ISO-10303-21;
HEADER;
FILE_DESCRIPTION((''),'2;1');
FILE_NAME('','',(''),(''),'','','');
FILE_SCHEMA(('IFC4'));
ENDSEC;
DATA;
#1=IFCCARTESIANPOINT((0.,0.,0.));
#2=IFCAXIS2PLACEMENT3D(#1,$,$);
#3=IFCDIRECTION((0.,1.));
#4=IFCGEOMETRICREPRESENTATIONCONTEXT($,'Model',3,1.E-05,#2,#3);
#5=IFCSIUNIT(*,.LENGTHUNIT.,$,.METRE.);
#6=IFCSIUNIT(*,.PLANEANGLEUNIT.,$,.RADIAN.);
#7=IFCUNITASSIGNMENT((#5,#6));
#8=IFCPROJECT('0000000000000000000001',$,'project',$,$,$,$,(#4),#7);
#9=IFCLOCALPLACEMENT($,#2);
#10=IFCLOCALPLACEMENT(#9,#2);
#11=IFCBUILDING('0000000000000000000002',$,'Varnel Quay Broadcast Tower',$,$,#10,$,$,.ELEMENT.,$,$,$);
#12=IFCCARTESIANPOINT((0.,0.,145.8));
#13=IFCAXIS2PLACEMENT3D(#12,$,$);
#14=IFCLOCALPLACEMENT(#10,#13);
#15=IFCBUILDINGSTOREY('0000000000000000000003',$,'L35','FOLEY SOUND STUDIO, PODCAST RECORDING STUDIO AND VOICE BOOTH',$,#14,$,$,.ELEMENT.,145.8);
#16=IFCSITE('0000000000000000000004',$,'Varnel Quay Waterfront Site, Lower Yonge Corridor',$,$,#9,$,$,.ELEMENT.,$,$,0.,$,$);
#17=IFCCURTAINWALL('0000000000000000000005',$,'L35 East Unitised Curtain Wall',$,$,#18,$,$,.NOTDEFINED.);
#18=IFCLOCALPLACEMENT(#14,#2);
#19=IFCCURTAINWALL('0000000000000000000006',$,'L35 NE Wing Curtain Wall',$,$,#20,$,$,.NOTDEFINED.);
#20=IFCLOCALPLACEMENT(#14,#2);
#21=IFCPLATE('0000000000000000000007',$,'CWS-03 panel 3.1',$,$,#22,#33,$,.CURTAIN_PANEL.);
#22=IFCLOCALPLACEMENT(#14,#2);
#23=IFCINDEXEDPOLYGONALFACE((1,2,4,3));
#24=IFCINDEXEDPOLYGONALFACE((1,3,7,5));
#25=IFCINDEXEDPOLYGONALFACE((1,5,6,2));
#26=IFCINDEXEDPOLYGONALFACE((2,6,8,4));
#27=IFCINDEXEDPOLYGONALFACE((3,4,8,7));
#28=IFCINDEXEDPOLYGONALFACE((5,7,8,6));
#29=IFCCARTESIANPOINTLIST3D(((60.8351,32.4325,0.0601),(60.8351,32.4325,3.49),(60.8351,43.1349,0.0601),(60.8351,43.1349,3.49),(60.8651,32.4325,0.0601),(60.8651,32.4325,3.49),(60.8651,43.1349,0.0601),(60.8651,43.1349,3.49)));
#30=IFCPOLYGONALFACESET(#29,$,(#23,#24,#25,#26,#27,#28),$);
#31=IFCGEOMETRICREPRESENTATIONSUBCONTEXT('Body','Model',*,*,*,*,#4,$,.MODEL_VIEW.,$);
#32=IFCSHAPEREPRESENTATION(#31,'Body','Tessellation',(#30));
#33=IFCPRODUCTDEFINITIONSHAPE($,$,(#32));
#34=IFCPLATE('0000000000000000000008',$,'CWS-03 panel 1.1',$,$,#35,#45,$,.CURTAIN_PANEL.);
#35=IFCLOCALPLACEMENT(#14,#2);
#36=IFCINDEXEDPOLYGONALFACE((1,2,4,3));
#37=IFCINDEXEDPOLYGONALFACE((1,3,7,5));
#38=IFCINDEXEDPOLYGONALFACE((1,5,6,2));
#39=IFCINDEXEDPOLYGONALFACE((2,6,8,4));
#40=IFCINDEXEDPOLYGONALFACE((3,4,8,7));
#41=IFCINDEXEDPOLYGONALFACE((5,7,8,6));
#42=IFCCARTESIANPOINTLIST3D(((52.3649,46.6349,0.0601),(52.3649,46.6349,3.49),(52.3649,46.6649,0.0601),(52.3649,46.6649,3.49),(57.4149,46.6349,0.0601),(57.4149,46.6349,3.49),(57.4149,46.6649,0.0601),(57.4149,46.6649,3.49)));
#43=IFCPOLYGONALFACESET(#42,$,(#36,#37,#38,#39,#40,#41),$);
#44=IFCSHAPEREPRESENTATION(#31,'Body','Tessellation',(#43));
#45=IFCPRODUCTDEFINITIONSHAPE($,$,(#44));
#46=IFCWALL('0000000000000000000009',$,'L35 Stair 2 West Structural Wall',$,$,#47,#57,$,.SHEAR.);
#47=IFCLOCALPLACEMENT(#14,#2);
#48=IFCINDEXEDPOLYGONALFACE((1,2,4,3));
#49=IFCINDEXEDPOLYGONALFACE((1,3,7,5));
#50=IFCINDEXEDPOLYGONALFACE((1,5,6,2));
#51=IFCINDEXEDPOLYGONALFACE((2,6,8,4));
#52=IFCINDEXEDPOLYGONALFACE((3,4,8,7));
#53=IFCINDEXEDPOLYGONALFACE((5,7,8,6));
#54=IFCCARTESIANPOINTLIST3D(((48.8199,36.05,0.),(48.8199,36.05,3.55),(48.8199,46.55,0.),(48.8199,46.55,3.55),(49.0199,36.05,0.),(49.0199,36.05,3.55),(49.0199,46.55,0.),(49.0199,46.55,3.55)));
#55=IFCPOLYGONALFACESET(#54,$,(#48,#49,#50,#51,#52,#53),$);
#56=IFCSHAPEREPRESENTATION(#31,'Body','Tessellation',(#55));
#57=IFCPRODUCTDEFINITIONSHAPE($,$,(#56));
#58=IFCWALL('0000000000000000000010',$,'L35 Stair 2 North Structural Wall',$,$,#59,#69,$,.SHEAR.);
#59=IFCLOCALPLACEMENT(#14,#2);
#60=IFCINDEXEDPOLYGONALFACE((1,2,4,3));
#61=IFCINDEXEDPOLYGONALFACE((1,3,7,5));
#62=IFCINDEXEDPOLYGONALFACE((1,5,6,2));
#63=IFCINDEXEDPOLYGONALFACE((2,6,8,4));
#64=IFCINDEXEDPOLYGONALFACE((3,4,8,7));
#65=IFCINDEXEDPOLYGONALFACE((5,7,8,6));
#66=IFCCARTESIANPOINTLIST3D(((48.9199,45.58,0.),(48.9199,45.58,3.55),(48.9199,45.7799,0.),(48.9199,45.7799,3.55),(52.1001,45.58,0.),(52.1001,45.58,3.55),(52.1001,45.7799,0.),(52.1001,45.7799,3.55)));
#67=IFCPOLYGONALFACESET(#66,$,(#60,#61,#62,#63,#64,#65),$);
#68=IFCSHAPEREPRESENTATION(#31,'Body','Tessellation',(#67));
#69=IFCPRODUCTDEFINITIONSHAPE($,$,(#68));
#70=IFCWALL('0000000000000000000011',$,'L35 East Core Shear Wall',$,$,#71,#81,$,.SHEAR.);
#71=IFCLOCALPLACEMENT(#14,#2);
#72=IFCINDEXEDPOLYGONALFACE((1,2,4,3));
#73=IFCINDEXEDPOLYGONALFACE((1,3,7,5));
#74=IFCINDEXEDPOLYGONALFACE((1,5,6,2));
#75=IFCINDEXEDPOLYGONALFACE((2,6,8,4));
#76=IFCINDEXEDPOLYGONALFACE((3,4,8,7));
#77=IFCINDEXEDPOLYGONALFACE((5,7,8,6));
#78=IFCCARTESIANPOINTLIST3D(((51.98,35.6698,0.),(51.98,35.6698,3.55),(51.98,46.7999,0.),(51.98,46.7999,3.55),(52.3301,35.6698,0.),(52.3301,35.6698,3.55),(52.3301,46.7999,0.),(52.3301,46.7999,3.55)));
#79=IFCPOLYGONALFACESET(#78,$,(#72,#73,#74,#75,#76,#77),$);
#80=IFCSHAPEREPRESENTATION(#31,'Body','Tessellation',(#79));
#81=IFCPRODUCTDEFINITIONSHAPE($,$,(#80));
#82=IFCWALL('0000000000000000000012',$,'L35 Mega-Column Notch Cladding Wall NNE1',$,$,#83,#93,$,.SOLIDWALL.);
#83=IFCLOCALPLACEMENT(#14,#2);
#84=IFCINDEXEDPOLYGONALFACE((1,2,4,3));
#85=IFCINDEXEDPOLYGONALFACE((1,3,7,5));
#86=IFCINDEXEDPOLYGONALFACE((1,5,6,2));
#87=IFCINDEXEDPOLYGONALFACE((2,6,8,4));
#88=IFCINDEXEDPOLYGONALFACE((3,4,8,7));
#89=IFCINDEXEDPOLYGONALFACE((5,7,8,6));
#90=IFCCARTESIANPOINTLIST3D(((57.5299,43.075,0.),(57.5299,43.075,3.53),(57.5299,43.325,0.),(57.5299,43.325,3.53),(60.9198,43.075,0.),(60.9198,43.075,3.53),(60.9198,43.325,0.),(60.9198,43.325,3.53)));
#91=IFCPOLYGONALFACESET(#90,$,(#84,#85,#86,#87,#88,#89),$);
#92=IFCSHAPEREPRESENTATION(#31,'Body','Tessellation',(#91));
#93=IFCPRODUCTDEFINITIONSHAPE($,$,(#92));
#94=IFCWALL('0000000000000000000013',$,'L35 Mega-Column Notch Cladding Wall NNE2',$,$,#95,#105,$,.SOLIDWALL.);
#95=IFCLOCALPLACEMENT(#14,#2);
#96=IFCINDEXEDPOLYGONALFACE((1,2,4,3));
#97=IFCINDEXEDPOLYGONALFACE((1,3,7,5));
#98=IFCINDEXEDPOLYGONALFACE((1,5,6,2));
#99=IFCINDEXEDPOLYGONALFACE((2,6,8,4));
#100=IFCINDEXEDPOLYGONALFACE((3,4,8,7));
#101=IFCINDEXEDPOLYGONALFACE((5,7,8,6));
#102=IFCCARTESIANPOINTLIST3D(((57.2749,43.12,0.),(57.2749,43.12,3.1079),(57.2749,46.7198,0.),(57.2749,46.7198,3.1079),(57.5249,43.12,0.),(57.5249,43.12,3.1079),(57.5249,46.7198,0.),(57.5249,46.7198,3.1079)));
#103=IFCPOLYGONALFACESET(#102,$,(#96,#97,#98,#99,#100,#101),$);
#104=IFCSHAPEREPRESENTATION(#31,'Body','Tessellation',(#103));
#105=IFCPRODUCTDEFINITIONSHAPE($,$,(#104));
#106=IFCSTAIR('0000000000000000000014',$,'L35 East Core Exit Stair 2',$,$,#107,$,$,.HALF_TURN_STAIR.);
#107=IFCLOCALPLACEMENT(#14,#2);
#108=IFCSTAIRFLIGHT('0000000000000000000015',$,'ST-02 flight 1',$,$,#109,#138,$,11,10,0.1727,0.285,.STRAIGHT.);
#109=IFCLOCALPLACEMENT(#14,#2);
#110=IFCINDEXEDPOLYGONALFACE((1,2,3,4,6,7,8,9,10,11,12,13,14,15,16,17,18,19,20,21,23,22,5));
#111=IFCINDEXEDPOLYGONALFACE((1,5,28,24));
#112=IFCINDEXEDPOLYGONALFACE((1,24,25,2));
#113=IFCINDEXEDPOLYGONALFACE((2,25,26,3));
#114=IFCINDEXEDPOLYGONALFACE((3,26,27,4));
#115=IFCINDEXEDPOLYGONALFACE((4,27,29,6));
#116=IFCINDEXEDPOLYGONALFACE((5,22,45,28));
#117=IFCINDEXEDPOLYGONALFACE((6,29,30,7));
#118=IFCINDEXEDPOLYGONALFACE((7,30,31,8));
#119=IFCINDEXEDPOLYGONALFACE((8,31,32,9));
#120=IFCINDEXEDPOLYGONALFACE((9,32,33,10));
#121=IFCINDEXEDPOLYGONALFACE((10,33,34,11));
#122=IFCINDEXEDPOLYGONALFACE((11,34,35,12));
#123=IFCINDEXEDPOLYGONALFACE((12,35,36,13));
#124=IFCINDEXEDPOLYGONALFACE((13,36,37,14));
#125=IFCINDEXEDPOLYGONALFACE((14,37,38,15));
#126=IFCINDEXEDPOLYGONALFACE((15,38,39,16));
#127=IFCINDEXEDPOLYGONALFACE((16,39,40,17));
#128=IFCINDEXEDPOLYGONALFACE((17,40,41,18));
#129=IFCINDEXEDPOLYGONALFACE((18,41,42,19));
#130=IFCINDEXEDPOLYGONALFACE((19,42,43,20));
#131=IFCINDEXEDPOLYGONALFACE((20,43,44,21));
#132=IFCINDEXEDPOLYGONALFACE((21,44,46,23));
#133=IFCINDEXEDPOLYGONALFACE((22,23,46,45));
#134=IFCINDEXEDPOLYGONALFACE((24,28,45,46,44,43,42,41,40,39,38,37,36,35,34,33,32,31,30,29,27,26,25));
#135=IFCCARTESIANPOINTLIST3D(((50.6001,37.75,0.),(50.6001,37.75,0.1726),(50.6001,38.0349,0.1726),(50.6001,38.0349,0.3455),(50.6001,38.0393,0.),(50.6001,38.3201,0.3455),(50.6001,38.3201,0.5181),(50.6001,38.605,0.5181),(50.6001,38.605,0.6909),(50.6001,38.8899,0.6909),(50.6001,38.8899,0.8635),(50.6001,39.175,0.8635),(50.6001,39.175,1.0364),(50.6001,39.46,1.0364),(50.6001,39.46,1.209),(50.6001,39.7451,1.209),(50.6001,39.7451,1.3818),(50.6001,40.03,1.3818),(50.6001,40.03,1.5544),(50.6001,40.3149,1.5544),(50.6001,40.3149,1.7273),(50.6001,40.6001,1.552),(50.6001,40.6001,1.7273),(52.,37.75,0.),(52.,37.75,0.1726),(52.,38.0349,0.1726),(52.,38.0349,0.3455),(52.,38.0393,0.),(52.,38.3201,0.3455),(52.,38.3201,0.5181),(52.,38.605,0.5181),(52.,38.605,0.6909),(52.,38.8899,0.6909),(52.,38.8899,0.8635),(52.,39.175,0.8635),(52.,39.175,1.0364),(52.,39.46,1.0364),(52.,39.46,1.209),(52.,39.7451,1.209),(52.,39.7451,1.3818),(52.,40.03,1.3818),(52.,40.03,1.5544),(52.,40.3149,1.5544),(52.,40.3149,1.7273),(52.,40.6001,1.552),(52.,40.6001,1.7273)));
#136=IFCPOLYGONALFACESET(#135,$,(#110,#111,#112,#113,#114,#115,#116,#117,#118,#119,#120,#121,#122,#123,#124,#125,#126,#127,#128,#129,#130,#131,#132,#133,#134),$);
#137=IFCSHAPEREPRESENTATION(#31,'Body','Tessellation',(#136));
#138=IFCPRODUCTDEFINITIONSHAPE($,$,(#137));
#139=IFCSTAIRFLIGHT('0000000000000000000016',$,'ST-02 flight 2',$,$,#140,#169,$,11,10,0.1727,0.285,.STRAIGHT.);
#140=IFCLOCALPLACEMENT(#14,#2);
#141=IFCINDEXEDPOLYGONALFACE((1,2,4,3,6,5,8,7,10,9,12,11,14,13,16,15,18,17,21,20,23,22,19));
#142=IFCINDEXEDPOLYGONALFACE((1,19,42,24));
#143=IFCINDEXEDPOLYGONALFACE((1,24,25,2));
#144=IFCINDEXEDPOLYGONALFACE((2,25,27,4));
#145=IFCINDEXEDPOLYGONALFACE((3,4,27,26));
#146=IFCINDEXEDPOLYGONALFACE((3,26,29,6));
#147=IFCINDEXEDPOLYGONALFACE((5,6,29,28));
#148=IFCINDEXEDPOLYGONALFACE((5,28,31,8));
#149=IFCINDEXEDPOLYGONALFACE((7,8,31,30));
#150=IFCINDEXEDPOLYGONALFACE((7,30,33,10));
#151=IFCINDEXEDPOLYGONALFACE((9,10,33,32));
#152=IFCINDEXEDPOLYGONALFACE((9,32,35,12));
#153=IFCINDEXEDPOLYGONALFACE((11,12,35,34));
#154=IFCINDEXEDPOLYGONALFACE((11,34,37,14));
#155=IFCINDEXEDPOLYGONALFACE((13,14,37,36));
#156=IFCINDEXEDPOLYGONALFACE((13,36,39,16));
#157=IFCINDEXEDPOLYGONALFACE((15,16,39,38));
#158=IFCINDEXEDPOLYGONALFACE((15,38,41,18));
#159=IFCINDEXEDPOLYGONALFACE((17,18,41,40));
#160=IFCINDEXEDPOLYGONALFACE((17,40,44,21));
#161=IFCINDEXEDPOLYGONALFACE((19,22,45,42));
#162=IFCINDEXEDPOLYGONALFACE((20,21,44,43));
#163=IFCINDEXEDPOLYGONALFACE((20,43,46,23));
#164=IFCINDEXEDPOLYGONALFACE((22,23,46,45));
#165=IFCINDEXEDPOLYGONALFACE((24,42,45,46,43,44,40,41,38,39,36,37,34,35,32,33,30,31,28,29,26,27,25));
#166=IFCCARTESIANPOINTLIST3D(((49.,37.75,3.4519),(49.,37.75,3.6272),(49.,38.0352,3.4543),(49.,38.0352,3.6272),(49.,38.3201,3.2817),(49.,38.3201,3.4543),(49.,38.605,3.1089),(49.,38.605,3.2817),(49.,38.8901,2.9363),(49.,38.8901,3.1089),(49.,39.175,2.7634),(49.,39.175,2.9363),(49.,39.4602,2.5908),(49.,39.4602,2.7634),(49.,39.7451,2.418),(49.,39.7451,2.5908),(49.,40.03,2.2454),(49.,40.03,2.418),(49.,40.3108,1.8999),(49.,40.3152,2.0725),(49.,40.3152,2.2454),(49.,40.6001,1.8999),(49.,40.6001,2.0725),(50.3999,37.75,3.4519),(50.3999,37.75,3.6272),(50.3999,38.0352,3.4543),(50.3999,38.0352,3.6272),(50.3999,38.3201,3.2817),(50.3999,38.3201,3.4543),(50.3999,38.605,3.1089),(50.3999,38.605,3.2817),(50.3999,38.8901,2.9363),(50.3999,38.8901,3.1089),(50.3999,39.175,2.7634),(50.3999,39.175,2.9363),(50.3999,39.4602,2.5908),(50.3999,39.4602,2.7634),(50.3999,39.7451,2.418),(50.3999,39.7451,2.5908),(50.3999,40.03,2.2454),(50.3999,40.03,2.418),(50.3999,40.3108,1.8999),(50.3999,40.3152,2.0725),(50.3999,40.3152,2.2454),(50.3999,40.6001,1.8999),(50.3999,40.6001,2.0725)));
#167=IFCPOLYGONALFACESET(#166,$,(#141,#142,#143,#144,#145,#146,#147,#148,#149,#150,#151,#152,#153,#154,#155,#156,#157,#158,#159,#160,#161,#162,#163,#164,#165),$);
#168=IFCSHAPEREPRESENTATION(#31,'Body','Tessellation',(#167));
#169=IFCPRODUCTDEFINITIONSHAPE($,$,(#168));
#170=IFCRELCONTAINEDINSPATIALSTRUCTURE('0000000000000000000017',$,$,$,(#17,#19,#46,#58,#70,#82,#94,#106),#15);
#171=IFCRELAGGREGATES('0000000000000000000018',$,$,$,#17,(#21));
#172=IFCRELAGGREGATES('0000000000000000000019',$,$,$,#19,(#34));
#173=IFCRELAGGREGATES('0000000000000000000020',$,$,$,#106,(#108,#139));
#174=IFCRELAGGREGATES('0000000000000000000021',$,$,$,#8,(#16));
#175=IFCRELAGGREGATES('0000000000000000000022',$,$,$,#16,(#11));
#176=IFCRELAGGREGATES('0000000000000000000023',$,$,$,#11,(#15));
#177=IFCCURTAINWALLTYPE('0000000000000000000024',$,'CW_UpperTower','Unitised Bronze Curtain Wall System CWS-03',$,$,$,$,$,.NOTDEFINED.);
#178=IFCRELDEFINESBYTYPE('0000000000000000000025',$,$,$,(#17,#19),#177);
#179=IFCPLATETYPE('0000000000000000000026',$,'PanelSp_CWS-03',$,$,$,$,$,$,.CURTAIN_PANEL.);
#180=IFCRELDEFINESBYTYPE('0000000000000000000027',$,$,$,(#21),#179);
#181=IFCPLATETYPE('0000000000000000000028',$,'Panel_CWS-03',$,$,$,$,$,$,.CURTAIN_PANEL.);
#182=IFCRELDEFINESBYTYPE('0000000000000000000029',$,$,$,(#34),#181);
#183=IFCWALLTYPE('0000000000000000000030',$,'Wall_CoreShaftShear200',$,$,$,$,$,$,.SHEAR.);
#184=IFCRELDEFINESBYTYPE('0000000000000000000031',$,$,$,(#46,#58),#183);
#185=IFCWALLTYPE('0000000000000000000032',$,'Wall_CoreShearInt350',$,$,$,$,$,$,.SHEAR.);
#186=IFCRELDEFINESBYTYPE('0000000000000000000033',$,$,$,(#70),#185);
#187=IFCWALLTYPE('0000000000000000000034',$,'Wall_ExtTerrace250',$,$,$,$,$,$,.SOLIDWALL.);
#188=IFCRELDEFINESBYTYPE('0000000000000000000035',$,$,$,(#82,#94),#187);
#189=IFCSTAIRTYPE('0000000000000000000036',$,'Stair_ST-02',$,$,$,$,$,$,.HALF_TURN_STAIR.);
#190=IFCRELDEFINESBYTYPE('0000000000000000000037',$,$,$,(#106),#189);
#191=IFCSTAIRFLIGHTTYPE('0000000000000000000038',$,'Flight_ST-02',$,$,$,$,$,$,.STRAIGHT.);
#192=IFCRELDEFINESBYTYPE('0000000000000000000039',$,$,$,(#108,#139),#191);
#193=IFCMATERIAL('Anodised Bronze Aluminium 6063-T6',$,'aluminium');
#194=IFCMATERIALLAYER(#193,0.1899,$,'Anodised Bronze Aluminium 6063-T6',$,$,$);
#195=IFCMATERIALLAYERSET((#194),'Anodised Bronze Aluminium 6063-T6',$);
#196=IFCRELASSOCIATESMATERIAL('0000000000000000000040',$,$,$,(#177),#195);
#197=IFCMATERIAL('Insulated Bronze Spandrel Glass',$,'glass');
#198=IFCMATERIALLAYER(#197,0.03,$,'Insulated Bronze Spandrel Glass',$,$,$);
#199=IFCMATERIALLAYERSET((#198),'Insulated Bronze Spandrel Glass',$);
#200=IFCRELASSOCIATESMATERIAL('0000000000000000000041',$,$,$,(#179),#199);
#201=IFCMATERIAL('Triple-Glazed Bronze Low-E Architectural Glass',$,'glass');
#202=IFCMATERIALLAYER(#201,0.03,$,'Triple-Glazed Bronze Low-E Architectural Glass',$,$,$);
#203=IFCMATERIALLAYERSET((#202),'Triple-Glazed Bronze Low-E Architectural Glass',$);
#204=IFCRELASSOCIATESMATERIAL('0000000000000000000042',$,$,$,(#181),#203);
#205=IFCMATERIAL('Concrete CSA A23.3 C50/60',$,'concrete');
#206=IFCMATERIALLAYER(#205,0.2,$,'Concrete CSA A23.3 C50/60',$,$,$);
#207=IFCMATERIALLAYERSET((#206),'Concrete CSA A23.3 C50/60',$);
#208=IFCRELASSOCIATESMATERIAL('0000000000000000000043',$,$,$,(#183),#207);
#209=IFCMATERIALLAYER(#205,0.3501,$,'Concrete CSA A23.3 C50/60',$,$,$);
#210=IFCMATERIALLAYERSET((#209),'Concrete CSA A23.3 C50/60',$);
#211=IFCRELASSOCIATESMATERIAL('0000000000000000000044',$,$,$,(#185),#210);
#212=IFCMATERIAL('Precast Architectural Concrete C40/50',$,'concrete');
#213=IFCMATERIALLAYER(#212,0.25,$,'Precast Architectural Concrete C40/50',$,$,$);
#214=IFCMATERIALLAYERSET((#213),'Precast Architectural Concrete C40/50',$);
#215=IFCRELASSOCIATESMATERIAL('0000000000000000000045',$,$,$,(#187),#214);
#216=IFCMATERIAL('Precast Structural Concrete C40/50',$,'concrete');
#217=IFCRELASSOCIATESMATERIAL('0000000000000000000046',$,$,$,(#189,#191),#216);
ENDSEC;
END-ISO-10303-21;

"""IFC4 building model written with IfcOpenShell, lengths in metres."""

from ifc_helpers import new_model, si_unit, direction, frame, frame_2d, origin, origin_2d, place, context, subcontext, project, spatial, polyline, rectangle, outline, extrude, source, transform, mapped, material, layer, layer_set, type_object, type_shapes, element, aggregate, save


model = new_model("IFC4")

# Units and contexts
model_context = context("Model", 3, precision=1e-05, world=origin(), true_north=direction((0.0, 1.0)))
body_context = subcontext(model_context, "Body", "Model", "MODEL_VIEW")
ifc_project = project(units=[si_unit("LENGTHUNIT", "METRE"), si_unit("PLANEANGLEUNIT", "RADIAN")], contexts=[model_context])

# Site, building, storey
site_placement = place(None, origin())
site = spatial("IfcSite", under=ifc_project, at=site_placement, Name="Varnel Quay Waterfront Site, Lower Yonge Corridor", CompositionType="ELEMENT", RefElevation=0.0)
building_placement = place(site_placement, origin())
building = spatial("IfcBuilding", under=site, at=building_placement, Name="Varnel Quay Broadcast Tower", CompositionType="ELEMENT")
storey_placement = place(building_placement, frame((0.0, 0.0, 145.8)))
storey = spatial("IfcBuildingStorey", under=building, at=storey_placement, Name="L35", Description="FOLEY SOUND STUDIO, PODCAST RECORDING STUDIO AND VOICE BOOTH", CompositionType="ELEMENT", Elevation=145.8)

# Curtain walls
ifc_material_1 = material(Name="Anodised Bronze Aluminium 6063-T6", Category="aluminium")
ifc_layer_1 = layer(ifc_material_1, 0.1899, Name="Anodised Bronze Aluminium 6063-T6")
ifc_layer_set_1 = layer_set([ifc_layer_1], Name="Anodised Bronze Aluminium 6063-T6")
curtain_wall_type = type_object("IfcCurtainWallType", Name="CW_UpperTower", Description="Unitised Bronze Curtain Wall System CWS-03", PredefinedType="NOTDEFINED", material=ifc_layer_set_1)
curtain_wall_1_placement = place(storey_placement, origin())
curtain_wall_1 = element("IfcCurtainWall", 1, at=curtain_wall_1_placement, inside=storey, type_object=curtain_wall_type, Name="L35 East Unitised Curtain Wall", PredefinedType="NOTDEFINED")
curtain_wall_2_placement = place(storey_placement, origin())
curtain_wall_2 = element("IfcCurtainWall", 2, at=curtain_wall_2_placement, inside=storey, type_object=curtain_wall_type, Name="L35 NE Wing Curtain Wall", PredefinedType="NOTDEFINED")

# Plates
ifc_material_2 = material(Name="Insulated Bronze Spandrel Glass", Category="glass")
ifc_layer_2 = layer(ifc_material_2, 0.03, Name="Insulated Bronze Spandrel Glass")
ifc_layer_set_2 = layer_set([ifc_layer_2], Name="Insulated Bronze Spandrel Glass")
plate_type_1 = type_object("IfcPlateType", Name="PanelSp_CWS-03", PredefinedType="CURTAIN_PANEL", material=ifc_layer_set_2)
shared_shape_1 = source(origin(), body_context, "Body", "SweptSolid", [
    extrude(rectangle(XDim=10.7024, YDim=0.03, at=origin_2d()), origin(), (0.0, 0.0, 1.0), 3.4299),
])
type_shapes(plate_type_1, [shared_shape_1])
plate_1_placement = place(storey_placement, frame((60.8501, 37.7837, 0.0601), z_axis=(0.0, 0.0, 1.0), x_axis=(0.0, 1.0, 0.0)))
plate_1 = element("IfcPlate", 3, at=plate_1_placement, type_object=plate_type_1, Name="CWS-03 panel 3.1", PredefinedType="CURTAIN_PANEL", context=body_context, shape_type="MappedRepresentation", body=[
    mapped(shared_shape_1, transform((0.0, 0.0, 0.0), x_axis=(1.0, 0.0, 0.0), y_axis=(0.0, 1.0, 0.0), z_axis=(0.0, 0.0, 1.0), scale=1.0)),
])
aggregate(curtain_wall_1, [plate_1])
ifc_material_3 = material(Name="Triple-Glazed Bronze Low-E Architectural Glass", Category="glass")
ifc_layer_3 = layer(ifc_material_3, 0.03, Name="Triple-Glazed Bronze Low-E Architectural Glass")
ifc_layer_set_3 = layer_set([ifc_layer_3], Name="Triple-Glazed Bronze Low-E Architectural Glass")
plate_type_2 = type_object("IfcPlateType", Name="Panel_CWS-03", PredefinedType="CURTAIN_PANEL", material=ifc_layer_set_3)
shared_shape_2 = source(origin(), body_context, "Body", "SweptSolid", [
    extrude(rectangle(XDim=5.05, YDim=0.03, at=origin_2d()), origin(), (0.0, 0.0, 1.0), 3.4299),
])
type_shapes(plate_type_2, [shared_shape_2])
plate_2_placement = place(storey_placement, frame((54.8899, 46.6499, 0.0601), z_axis=(0.0, 0.0, 1.0), x_axis=(1.0, 0.0, 0.0)))
plate_2 = element("IfcPlate", 4, at=plate_2_placement, type_object=plate_type_2, Name="CWS-03 panel 1.1", PredefinedType="CURTAIN_PANEL", context=body_context, shape_type="MappedRepresentation", body=[
    mapped(shared_shape_2, transform((0.0, 0.0, 0.0), x_axis=(1.0, 0.0, 0.0), y_axis=(0.0, 1.0, 0.0), z_axis=(0.0, 0.0, 1.0), scale=1.0)),
])
aggregate(curtain_wall_2, [plate_2])

# Walls
ifc_material_4 = material(Name="Concrete CSA A23.3 C50/60", Category="concrete")
ifc_layer_4 = layer(ifc_material_4, 0.2, Name="Concrete CSA A23.3 C50/60")
ifc_layer_set_4 = layer_set([ifc_layer_4], Name="Concrete CSA A23.3 C50/60")
wall_type_1 = type_object("IfcWallType", Name="Wall_CoreShaftShear200", PredefinedType="SHEAR", material=ifc_layer_set_4)
wall_1_placement = place(storey_placement, frame((48.9199, 36.05, 0.0), z_axis=(0.0, 0.0, 1.0), x_axis=(0.0, 1.0, 0.0)))
element("IfcWall", 5, at=wall_1_placement, inside=storey, type_object=wall_type_1, Name="L35 Stair 2 West Structural Wall", PredefinedType="SHEAR", context=body_context, shape_type="SweptSolid", body=[
    extrude(rectangle(XDim=10.5, YDim=0.2, at=frame_2d((5.25, 0.0))), origin(), (0.0, 0.0, 1.0), 3.55),
])
wall_2_placement = place(storey_placement, frame((48.9199, 45.6799, 0.0), z_axis=(0.0, 0.0, 1.0), x_axis=(1.0, 0.0, 0.0)))
element("IfcWall", 6, at=wall_2_placement, inside=storey, type_object=wall_type_1, Name="L35 Stair 2 North Structural Wall", PredefinedType="SHEAR", context=body_context, shape_type="SweptSolid", body=[
    extrude(rectangle(XDim=3.1802, YDim=0.2, at=frame_2d((1.5901, 0.0))), origin(), (0.0, 0.0, 1.0), 3.55),
])
ifc_layer_5 = layer(ifc_material_4, 0.3501, Name="Concrete CSA A23.3 C50/60")
ifc_layer_set_5 = layer_set([ifc_layer_5], Name="Concrete CSA A23.3 C50/60")
wall_type_2 = type_object("IfcWallType", Name="Wall_CoreShearInt350", PredefinedType="SHEAR", material=ifc_layer_set_5)
wall_3_placement = place(storey_placement, frame((52.155, 35.6699, 0.0), z_axis=(0.0, 0.0, 1.0), x_axis=(0.0, 1.0, 0.0)))
element("IfcWall", 7, at=wall_3_placement, inside=storey, type_object=wall_type_2, Name="L35 East Core Shear Wall", PredefinedType="SHEAR", context=body_context, shape_type="SweptSolid", body=[
    extrude(rectangle(XDim=11.1301, YDim=0.3501, at=frame_2d((5.5649, 0.0))), origin(), (0.0, 0.0, 1.0), 3.55),
])
ifc_material_5 = material(Name="Precast Architectural Concrete C40/50", Category="concrete")
ifc_layer_6 = layer(ifc_material_5, 0.25, Name="Precast Architectural Concrete C40/50")
ifc_layer_set_6 = layer_set([ifc_layer_6], Name="Precast Architectural Concrete C40/50")
wall_type_3 = type_object("IfcWallType", Name="Wall_ExtTerrace250", PredefinedType="SOLIDWALL", material=ifc_layer_set_6)
wall_4_placement = place(storey_placement, frame((57.53, 43.2, 0.0), z_axis=(0.0, 0.0, 1.0), x_axis=(1.0, 0.0, 0.0)))
element("IfcWall", 8, at=wall_4_placement, inside=storey, type_object=wall_type_3, Name="L35 Mega-Column Notch Cladding Wall NNE1", PredefinedType="SOLIDWALL", context=body_context, shape_type="SweptSolid", body=[
    extrude(rectangle(XDim=3.3899, YDim=0.25, at=frame_2d((1.6948, 0.0))), origin(), (0.0, 0.0, 1.0), 3.53),
])
wall_5_placement = place(storey_placement, frame((57.3999, 43.1201, 0.0), z_axis=(0.0, 0.0, 1.0), x_axis=(0.0, 1.0, 0.0)))
element("IfcWall", 9, at=wall_5_placement, inside=storey, type_object=wall_type_3, Name="L35 Mega-Column Notch Cladding Wall NNE2", PredefinedType="SOLIDWALL", context=body_context, shape_type="SweptSolid", body=[
    extrude(rectangle(XDim=3.5999, YDim=0.25, at=frame_2d((1.7998, 0.0))), origin(), (0.0, 0.0, 1.0), 3.1079),
])

# Stair, stair flights
ifc_material_6 = material(Name="Precast Structural Concrete C40/50", Category="concrete")
stair_type = type_object("IfcStairType", Name="Stair_ST-02", PredefinedType="HALF_TURN_STAIR", material=ifc_material_6)
stair_placement = place(storey_placement, origin())
stair = element("IfcStair", 10, at=stair_placement, inside=storey, type_object=stair_type, Name="L35 East Core Exit Stair 2", PredefinedType="HALF_TURN_STAIR")
stair_flight_type = type_object("IfcStairFlightType", Name="Flight_ST-02", PredefinedType="STRAIGHT", material=ifc_material_6)
stair_flight_1_placement = place(storey_placement, frame((51.3, 37.75, 0.0), z_axis=(0.0, 0.0, 1.0), x_axis=(0.0, 1.0, 0.0)))
stair_flight_1 = element("IfcStairFlight", 11, at=stair_flight_1_placement, type_object=stair_flight_type, Name="ST-02 flight 1", NumberOfRisers=11, NumberOfTreads=10, PredefinedType="STRAIGHT", RiserHeight=0.1727, TreadLength=0.285, context=body_context, shape_type="SweptSolid", body=[
    extrude(outline(polyline([(0.0, 0.0), (0.0, 0.1726), (0.2849, 0.1726), (0.2849, 0.3455), (0.5701, 0.3455), (0.5701, 0.5181), (0.855, 0.5181), (0.855, 0.6909), (1.1399, 0.6909), (1.1399, 0.8635), (1.425, 0.8635), (1.425, 1.0364), (1.71, 1.0364), (1.71, 1.209), (1.9951, 1.209), (1.9951, 1.3818), (2.28, 1.3818), (2.28, 1.5544), (2.5649, 1.5544), (2.5649, 1.7273), (2.8501, 1.7273), (2.8501, 1.8999), (2.8501, 1.552), (0.2893, 0.0), (0.0, 0.0)])), frame((0.0, 0.7, 0.0), z_axis=(0.0, -1.0, 0.0), x_axis=(1.0, 0.0, 0.0)), (0.0, 0.0, 1.0), 1.3999),
])
stair_flight_2_placement = place(storey_placement, frame((49.7, 40.6001, 1.8999), z_axis=(0.0, 0.0, 1.0), x_axis=(0.0, -1.0, 0.0)))
stair_flight_2 = element("IfcStairFlight", 12, at=stair_flight_2_placement, type_object=stair_flight_type, Name="ST-02 flight 2", NumberOfRisers=11, NumberOfTreads=10, PredefinedType="STRAIGHT", RiserHeight=0.1727, TreadLength=0.285, context=body_context, shape_type="SweptSolid", body=[
    extrude(outline(polyline([(0.0, 0.0), (0.0, 0.1726), (0.2849, 0.1726), (0.2849, 0.3455), (0.5701, 0.3455), (0.5701, 0.5181), (0.855, 0.5181), (0.855, 0.6909), (1.1399, 0.6909), (1.1399, 0.8635), (1.425, 0.8635), (1.425, 1.0364), (1.71, 1.0364), (1.71, 1.209), (1.9951, 1.209), (1.9951, 1.3818), (2.28, 1.3818), (2.28, 1.5544), (2.5649, 1.5544), (2.5649, 1.7273), (2.8501, 1.7273), (2.8501, 1.8999), (2.8501, 1.552), (0.2893, 0.0), (0.0, 0.0)])), frame((0.0, 0.7, 0.0), z_axis=(0.0, -1.0, 0.0), x_axis=(1.0, 0.0, 0.0)), (0.0, 0.0, 1.0), 1.3999),
])
aggregate(stair, [stair_flight_1, stair_flight_2])

save(model, "model.ifc")
